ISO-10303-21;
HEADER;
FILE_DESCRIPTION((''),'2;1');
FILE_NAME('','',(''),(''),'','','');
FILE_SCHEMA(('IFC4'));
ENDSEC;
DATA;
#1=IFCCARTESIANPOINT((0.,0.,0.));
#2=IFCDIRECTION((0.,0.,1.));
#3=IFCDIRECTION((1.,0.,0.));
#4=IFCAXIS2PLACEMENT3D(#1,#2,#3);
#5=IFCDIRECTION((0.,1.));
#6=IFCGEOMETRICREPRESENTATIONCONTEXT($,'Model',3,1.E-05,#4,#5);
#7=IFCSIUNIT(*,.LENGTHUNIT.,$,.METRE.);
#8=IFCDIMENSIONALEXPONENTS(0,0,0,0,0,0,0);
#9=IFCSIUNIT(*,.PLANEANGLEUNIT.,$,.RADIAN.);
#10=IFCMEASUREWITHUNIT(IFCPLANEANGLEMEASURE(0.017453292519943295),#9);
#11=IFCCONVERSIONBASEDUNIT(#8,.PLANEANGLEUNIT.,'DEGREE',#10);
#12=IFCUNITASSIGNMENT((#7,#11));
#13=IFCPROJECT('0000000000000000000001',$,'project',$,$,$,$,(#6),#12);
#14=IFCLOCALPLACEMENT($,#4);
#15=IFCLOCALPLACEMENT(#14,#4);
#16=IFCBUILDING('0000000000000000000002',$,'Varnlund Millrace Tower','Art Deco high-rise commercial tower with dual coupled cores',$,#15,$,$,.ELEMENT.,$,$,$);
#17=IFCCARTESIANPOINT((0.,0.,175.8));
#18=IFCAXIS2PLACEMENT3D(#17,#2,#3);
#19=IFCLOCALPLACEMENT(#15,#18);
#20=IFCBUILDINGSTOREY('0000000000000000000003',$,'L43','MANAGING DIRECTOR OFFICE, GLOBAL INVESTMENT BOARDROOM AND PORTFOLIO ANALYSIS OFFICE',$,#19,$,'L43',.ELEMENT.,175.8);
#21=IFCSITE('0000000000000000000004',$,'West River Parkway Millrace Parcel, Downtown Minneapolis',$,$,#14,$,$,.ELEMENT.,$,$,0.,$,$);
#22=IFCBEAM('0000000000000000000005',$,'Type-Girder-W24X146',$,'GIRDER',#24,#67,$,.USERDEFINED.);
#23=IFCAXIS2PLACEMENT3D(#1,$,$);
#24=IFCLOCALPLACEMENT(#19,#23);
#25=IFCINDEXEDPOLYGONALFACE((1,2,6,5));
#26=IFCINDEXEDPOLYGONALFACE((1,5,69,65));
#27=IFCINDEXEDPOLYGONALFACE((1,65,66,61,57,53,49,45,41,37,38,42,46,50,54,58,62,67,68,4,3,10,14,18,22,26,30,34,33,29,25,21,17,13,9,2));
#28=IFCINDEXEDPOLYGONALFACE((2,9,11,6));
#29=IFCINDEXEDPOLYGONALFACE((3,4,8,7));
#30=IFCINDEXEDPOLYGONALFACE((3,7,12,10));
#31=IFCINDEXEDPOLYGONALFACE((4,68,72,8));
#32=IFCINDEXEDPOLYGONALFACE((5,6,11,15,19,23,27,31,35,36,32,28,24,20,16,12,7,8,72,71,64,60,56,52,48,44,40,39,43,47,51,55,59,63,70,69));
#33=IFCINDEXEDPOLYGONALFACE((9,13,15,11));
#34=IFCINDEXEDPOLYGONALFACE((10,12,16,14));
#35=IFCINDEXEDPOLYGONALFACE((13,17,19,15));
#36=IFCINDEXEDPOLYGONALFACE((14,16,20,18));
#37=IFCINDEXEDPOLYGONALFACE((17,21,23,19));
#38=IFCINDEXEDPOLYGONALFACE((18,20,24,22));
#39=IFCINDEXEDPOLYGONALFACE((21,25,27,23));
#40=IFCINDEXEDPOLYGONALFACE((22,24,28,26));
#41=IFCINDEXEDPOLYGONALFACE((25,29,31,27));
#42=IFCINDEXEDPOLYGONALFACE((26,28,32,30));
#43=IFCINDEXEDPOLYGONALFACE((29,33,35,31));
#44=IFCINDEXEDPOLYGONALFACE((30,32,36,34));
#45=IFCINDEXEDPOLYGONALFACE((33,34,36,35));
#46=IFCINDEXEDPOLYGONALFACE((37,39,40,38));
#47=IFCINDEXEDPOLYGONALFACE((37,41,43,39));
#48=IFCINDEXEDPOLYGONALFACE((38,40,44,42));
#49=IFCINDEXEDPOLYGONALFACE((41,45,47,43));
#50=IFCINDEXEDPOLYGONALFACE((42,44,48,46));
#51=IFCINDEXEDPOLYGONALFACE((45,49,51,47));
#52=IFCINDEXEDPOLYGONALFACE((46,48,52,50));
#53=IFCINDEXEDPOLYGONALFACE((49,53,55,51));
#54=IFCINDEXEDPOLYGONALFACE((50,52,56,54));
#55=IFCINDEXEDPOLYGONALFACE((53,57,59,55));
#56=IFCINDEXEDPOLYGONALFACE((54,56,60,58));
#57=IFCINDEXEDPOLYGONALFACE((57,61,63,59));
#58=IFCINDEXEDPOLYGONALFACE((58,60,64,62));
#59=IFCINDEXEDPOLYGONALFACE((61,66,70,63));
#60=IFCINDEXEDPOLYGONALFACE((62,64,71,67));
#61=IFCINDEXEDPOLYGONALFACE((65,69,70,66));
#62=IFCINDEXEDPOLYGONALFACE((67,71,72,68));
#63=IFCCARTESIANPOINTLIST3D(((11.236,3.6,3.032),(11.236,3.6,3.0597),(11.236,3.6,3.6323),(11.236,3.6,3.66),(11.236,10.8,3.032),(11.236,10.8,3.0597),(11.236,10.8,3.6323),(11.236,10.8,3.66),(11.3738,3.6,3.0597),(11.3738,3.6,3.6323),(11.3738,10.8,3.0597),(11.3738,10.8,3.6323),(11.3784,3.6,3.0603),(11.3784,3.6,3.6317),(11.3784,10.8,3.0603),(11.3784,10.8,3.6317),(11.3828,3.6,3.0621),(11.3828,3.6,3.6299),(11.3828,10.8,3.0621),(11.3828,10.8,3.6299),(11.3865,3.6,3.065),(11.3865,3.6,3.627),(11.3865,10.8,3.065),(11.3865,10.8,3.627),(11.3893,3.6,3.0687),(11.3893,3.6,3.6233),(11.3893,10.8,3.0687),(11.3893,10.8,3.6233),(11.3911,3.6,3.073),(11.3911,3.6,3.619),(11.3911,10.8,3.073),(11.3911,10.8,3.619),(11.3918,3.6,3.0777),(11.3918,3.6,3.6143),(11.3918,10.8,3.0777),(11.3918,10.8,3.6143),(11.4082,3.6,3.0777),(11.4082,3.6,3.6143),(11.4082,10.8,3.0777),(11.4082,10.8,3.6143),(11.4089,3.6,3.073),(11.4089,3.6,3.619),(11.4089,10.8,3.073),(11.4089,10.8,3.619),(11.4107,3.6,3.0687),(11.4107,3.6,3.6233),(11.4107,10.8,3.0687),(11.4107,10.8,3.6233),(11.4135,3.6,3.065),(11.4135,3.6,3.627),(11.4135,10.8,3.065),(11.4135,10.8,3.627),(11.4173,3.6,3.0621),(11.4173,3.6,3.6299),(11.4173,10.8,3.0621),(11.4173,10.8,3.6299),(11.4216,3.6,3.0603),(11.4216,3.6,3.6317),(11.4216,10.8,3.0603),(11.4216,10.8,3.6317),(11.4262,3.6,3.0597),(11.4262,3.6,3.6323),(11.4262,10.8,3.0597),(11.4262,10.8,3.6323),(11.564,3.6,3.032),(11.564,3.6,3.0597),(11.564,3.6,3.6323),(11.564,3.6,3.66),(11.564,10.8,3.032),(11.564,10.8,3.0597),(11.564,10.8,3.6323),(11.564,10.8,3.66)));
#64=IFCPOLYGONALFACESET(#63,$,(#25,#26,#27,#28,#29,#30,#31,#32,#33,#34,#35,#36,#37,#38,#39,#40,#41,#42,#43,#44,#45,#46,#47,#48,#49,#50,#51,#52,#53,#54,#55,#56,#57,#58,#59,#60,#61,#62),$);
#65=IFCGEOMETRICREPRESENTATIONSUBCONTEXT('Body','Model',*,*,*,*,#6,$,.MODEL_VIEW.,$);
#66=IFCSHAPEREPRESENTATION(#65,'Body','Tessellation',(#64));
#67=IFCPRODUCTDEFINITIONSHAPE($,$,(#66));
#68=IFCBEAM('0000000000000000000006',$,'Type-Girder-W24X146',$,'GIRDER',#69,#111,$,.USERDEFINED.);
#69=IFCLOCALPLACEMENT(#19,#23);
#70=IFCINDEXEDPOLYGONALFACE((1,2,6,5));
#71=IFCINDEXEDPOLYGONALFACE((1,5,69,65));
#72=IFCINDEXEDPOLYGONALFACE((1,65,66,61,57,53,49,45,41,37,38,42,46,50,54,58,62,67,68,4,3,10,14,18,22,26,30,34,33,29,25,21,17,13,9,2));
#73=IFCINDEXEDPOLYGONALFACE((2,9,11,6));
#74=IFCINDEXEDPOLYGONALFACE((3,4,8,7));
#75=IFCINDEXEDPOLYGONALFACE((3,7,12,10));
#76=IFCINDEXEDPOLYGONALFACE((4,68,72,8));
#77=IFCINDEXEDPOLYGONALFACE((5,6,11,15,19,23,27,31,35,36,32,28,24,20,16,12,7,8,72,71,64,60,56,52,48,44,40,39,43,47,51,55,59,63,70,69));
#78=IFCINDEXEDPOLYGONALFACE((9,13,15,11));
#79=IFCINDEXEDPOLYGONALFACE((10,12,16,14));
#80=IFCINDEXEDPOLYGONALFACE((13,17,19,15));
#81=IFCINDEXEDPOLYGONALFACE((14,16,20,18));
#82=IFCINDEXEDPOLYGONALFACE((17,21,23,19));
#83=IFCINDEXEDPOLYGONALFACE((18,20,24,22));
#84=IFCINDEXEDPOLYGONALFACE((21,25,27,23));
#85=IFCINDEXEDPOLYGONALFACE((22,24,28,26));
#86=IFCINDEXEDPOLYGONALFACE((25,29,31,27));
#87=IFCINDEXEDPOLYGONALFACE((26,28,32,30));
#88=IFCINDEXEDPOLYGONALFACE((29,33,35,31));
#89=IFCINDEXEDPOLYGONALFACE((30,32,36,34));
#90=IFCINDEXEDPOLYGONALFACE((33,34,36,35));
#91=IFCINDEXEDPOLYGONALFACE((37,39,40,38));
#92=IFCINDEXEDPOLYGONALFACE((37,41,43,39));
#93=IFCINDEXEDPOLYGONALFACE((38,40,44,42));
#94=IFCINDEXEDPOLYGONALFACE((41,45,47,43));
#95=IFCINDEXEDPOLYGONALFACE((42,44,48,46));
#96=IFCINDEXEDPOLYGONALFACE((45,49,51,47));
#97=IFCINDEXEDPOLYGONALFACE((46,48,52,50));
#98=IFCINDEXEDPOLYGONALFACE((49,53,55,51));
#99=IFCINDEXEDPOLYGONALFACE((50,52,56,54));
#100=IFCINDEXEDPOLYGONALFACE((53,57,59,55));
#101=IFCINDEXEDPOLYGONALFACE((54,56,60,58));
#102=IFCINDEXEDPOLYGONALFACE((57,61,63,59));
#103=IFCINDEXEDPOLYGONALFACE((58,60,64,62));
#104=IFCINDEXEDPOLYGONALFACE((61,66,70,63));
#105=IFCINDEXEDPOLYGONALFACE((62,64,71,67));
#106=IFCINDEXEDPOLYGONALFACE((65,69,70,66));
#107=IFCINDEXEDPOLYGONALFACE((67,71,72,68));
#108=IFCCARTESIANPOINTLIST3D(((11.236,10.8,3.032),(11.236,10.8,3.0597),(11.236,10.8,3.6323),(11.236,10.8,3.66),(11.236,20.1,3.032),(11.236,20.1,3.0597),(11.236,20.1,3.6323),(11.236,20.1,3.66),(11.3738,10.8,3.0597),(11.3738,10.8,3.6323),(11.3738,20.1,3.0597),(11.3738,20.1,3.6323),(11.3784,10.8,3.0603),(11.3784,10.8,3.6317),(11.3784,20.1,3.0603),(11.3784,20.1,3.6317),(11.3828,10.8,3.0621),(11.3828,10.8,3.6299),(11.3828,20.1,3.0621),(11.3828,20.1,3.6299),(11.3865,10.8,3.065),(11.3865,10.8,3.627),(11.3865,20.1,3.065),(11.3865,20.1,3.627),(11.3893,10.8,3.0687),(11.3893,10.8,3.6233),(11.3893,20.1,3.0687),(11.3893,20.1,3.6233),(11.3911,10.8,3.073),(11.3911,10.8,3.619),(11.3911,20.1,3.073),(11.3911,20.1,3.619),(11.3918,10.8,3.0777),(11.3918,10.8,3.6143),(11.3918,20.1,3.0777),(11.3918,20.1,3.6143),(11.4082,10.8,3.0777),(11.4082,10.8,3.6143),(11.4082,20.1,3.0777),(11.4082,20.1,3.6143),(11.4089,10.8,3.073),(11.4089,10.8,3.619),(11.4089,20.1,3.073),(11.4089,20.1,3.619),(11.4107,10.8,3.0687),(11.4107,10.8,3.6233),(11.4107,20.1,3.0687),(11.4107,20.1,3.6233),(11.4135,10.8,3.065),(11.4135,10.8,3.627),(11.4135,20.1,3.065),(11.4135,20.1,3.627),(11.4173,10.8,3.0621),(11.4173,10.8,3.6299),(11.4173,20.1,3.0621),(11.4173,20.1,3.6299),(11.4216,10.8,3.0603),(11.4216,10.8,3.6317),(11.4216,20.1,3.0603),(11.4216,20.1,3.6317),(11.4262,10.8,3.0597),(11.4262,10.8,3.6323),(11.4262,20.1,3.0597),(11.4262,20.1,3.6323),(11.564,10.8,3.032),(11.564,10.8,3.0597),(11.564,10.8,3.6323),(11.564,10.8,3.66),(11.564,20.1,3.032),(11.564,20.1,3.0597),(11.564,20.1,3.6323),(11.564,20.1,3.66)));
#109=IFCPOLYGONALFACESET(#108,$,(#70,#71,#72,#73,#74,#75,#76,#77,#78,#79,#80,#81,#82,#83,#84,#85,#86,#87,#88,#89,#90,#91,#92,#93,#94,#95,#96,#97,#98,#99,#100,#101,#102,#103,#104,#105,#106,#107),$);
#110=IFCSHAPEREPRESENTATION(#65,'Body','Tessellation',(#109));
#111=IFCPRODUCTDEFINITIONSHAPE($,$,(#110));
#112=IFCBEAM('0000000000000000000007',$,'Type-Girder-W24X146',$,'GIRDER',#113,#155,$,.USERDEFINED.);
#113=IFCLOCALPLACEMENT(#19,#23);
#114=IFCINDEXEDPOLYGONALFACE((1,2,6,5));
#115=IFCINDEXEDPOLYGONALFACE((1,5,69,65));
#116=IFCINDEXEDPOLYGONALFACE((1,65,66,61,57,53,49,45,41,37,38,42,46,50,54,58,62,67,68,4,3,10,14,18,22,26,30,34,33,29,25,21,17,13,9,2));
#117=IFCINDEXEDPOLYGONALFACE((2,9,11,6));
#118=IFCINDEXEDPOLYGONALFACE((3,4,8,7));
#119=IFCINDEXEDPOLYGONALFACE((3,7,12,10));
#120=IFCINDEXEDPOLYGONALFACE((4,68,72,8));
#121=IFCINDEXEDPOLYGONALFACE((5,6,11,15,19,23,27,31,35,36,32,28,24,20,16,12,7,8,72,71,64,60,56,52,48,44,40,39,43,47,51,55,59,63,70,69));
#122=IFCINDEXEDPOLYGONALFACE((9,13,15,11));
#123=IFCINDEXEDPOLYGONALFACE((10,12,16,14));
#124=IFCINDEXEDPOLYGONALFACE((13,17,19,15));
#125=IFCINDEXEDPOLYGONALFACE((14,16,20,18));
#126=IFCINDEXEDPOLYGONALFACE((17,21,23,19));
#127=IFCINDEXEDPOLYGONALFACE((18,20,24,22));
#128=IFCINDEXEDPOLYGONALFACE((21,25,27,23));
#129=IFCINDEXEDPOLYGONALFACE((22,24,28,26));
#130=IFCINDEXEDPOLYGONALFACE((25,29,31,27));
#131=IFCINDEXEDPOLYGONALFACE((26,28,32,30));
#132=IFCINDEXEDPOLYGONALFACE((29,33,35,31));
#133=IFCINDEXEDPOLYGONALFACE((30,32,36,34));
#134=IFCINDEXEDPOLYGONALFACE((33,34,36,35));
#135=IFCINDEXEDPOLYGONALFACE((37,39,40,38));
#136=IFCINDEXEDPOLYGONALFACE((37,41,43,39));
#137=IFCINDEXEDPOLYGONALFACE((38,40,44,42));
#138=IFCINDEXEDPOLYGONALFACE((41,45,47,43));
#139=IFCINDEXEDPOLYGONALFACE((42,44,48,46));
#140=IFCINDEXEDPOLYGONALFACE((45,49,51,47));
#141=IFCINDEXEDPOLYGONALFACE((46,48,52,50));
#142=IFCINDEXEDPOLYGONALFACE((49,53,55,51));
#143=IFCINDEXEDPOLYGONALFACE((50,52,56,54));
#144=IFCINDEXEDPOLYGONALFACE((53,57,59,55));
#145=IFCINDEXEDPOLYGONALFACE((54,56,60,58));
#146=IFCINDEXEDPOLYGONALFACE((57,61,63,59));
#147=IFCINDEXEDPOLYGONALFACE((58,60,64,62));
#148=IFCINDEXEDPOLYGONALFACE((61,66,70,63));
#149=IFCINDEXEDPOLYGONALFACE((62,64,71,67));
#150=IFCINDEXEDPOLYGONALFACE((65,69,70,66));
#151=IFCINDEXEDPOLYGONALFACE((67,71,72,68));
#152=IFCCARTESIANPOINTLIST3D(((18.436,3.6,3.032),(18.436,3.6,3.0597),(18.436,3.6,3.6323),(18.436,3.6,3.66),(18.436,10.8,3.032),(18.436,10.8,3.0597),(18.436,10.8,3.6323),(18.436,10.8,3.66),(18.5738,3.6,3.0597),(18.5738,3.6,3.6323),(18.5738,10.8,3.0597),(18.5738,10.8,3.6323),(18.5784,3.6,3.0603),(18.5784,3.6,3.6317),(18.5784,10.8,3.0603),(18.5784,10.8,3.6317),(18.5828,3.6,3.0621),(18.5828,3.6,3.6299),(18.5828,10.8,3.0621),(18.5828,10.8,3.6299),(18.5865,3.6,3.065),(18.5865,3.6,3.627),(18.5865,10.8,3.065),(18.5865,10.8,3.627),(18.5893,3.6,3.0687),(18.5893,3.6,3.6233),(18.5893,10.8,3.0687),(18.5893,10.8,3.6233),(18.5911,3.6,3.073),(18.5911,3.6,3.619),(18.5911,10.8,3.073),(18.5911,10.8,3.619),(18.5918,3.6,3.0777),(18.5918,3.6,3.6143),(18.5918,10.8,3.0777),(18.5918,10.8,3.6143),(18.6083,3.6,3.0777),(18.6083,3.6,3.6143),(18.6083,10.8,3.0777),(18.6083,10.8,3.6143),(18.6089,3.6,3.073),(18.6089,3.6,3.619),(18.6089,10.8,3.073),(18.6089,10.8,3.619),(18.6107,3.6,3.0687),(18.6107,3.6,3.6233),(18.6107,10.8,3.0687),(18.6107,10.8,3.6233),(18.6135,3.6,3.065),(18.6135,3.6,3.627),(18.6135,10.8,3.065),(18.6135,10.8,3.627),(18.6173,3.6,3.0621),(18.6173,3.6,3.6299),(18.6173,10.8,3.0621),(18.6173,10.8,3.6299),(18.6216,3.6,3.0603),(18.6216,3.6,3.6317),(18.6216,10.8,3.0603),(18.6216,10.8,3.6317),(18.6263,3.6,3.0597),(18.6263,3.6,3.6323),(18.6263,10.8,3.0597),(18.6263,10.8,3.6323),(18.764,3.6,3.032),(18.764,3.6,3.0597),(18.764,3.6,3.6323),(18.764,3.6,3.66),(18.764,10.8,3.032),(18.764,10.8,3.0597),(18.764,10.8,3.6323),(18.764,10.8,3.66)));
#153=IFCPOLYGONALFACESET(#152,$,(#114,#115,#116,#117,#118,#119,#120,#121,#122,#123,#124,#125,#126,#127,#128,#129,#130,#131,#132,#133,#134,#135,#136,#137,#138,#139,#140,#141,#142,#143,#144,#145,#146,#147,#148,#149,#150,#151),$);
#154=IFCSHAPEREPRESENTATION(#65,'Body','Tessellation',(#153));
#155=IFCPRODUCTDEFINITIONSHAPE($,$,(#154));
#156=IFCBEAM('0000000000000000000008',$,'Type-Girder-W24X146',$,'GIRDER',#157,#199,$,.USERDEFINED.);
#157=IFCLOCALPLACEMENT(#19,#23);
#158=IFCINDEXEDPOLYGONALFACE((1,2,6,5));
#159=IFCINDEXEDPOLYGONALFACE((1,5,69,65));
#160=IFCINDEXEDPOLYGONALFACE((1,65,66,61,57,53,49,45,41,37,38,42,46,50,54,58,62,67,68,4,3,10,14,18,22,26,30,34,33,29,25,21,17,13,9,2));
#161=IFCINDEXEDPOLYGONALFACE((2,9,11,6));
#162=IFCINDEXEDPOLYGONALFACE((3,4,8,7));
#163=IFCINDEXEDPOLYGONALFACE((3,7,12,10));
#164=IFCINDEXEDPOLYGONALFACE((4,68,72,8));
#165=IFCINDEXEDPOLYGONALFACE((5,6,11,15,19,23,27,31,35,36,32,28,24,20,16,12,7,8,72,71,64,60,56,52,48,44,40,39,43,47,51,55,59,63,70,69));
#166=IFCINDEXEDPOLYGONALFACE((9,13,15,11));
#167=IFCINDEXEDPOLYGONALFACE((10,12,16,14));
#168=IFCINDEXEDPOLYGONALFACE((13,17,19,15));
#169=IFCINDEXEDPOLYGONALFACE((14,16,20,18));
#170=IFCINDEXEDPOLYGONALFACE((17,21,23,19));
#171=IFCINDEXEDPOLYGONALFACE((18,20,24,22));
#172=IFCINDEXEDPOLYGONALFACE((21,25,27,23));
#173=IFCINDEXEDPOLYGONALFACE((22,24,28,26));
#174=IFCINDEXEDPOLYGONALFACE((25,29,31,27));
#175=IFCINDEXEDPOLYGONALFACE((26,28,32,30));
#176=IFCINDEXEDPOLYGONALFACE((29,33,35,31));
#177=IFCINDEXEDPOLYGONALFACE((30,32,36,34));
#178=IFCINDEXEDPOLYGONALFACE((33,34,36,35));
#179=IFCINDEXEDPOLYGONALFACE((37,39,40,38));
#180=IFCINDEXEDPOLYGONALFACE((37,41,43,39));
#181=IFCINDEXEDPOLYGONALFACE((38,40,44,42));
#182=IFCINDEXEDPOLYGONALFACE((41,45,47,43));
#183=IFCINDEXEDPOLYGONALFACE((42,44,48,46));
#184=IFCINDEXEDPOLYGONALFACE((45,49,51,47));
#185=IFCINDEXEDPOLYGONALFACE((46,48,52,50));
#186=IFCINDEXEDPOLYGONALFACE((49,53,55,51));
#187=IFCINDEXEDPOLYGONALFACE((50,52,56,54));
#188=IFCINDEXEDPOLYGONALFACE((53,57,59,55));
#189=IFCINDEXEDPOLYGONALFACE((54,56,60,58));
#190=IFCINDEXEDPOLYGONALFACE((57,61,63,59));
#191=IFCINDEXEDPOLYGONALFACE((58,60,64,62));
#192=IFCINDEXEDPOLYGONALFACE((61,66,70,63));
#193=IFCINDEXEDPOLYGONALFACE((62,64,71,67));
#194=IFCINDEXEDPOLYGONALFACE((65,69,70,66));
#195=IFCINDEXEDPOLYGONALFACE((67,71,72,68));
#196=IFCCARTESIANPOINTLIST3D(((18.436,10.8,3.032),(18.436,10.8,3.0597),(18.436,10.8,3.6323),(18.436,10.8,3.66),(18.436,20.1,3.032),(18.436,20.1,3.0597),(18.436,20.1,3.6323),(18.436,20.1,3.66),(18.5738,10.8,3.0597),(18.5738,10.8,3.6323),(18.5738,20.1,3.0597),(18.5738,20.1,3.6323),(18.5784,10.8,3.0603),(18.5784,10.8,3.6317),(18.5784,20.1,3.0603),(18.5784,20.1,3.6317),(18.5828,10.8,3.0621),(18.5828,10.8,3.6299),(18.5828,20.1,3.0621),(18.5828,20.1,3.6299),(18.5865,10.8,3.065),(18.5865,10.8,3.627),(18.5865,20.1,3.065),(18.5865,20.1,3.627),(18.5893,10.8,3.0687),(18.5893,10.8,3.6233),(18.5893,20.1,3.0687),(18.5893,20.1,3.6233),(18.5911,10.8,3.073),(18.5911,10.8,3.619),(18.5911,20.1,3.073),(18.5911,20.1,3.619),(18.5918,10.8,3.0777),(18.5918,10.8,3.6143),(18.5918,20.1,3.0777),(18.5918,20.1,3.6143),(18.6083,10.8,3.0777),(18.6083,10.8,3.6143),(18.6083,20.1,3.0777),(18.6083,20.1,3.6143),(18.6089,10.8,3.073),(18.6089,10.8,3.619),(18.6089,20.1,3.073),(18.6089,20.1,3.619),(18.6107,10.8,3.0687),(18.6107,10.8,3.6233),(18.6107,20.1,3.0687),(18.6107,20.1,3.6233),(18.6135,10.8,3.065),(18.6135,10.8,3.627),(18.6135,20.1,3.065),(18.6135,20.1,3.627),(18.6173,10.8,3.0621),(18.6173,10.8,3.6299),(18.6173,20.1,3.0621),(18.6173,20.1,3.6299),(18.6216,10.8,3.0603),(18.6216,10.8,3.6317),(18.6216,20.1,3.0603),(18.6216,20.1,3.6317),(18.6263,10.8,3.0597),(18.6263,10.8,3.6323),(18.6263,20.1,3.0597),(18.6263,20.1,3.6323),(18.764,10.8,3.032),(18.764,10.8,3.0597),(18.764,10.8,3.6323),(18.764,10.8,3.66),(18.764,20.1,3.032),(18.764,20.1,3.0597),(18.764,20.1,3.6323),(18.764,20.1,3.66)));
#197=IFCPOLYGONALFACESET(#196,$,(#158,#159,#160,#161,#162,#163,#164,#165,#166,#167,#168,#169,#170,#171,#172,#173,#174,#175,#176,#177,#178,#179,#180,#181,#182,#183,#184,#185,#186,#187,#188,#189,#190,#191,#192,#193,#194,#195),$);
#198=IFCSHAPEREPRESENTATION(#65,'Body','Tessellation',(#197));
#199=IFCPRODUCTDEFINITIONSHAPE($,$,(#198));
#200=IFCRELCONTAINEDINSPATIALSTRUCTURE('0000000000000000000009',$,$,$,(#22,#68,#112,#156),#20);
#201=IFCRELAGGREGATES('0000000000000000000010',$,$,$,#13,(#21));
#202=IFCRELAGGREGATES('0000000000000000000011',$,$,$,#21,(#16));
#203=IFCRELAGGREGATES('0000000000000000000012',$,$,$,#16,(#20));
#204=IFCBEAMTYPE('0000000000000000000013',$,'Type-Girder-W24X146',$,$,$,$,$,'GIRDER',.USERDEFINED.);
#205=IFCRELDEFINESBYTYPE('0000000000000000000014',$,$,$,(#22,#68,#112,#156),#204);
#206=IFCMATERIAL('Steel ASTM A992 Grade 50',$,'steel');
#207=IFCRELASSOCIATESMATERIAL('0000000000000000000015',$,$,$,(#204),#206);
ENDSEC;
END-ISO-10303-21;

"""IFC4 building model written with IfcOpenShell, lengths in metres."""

from ifc_helpers import new_model, entity, si_unit, converted_unit, direction, frame, origin_with_axes, origin_2d_with_axis, place, context, subcontext, project, spatial, i_section, extrude, material, material_profile, profile_set, type_object, element, save


model = new_model("IFC4")

# Units and contexts
model_context = context("Model", 3, precision=1e-05, world=origin_with_axes(), true_north=direction((0.0, 1.0)))
body_context = subcontext(model_context, "Body", "Model", "MODEL_VIEW")
ifc_project = project(units=[si_unit("LENGTHUNIT", "METRE"), converted_unit("PLANEANGLEUNIT", "DEGREE", entity("IfcPlaneAngleMeasure", 0.017453292519943295), si_unit("PLANEANGLEUNIT", "RADIAN"), dimensions=[0, 0, 0, 0, 0, 0, 0])], contexts=[model_context])

# Site, building, storey
site_placement = place(None, origin_with_axes())
site = spatial("IfcSite", under=ifc_project, at=site_placement, Name="West River Parkway Millrace Parcel, Downtown Minneapolis", CompositionType="ELEMENT", RefElevation=0.0)
building_placement = place(site_placement, origin_with_axes())
building = spatial("IfcBuilding", under=site, at=building_placement, Name="Varnlund Millrace Tower", Description="Art Deco high-rise commercial tower with dual coupled cores", CompositionType="ELEMENT")
storey_placement = place(building_placement, frame((0.0, 0.0, 175.8), z_axis=(0.0, 0.0, 1.0), x_axis=(1.0, 0.0, 0.0)))
storey = spatial("IfcBuildingStorey", under=building, at=storey_placement, Name="L43", Description="MANAGING DIRECTOR OFFICE, GLOBAL INVESTMENT BOARDROOM AND PORTFOLIO ANALYSIS OFFICE", LongName="L43", CompositionType="ELEMENT", Elevation=175.8)

# Beams
ifc_material_1 = material(Name="Steel ASTM A992 Grade 50", Category="steel")
ifc_material_profile_1 = material_profile(ifc_material_1, i_section(OverallWidth=0.328, OverallDepth=0.628, WebThickness=0.0165, FlangeThickness=0.0277, FilletRadius=0.018, at=origin_2d_with_axis()), Name="Steel ASTM A992 Grade 50")
ifc_profile_set_1 = profile_set([ifc_material_profile_1], Name="Steel ASTM A992 Grade 50")
beam_type_1 = type_object("IfcBeamType", Name="Type-Girder-W24X146", ElementType="GIRDER", PredefinedType="USERDEFINED", material=ifc_profile_set_1)
beam_1_placement = place(storey_placement, frame((11.4, 3.6, 3.346), z_axis=(0.0, 1.0, 0.0), x_axis=(-1.0, 0.0, 0.0)))
element("IfcBeam", 1, at=beam_1_placement, inside=storey, type_object=beam_type_1, Name="Type-Girder-W24X146", ObjectType="GIRDER", PredefinedType="USERDEFINED", context=body_context, shape_type="SweptSolid", body=[
    extrude(i_section(OverallWidth=0.328, OverallDepth=0.628, WebThickness=0.0165, FlangeThickness=0.0277, FilletRadius=0.018, at=origin_2d_with_axis()), origin_with_axes(), (0.0, 0.0, 1.0), 7.2),
])
beam_2_placement = place(storey_placement, frame((11.4, 10.8, 3.346), z_axis=(0.0, 1.0, 0.0), x_axis=(-1.0, 0.0, 0.0)))
element("IfcBeam", 2, at=beam_2_placement, inside=storey, type_object=beam_type_1, Name="Type-Girder-W24X146", ObjectType="GIRDER", PredefinedType="USERDEFINED", context=body_context, shape_type="SweptSolid", body=[
    extrude(i_section(OverallWidth=0.328, OverallDepth=0.628, WebThickness=0.0165, FlangeThickness=0.0277, FilletRadius=0.018, at=origin_2d_with_axis()), origin_with_axes(), (0.0, 0.0, 1.0), 9.3),
])
beam_3_placement = place(storey_placement, frame((18.6, 3.6, 3.346), z_axis=(0.0, 1.0, 0.0), x_axis=(-1.0, 0.0, 0.0)))
element("IfcBeam", 3, at=beam_3_placement, inside=storey, type_object=beam_type_1, Name="Type-Girder-W24X146", ObjectType="GIRDER", PredefinedType="USERDEFINED", context=body_context, shape_type="SweptSolid", body=[
    extrude(i_section(OverallWidth=0.328, OverallDepth=0.628, WebThickness=0.0165, FlangeThickness=0.0277, FilletRadius=0.018, at=origin_2d_with_axis()), origin_with_axes(), (0.0, 0.0, 1.0), 7.2),
])
beam_4_placement = place(storey_placement, frame((18.6, 10.8, 3.346), z_axis=(0.0, 1.0, 0.0), x_axis=(-1.0, 0.0, 0.0)))
element("IfcBeam", 4, at=beam_4_placement, inside=storey, type_object=beam_type_1, Name="Type-Girder-W24X146", ObjectType="GIRDER", PredefinedType="USERDEFINED", context=body_context, shape_type="SweptSolid", body=[
    extrude(i_section(OverallWidth=0.328, OverallDepth=0.628, WebThickness=0.0165, FlangeThickness=0.0277, FilletRadius=0.018, at=origin_2d_with_axis()), origin_with_axes(), (0.0, 0.0, 1.0), 9.3),
])

save(model, "model.ifc")
